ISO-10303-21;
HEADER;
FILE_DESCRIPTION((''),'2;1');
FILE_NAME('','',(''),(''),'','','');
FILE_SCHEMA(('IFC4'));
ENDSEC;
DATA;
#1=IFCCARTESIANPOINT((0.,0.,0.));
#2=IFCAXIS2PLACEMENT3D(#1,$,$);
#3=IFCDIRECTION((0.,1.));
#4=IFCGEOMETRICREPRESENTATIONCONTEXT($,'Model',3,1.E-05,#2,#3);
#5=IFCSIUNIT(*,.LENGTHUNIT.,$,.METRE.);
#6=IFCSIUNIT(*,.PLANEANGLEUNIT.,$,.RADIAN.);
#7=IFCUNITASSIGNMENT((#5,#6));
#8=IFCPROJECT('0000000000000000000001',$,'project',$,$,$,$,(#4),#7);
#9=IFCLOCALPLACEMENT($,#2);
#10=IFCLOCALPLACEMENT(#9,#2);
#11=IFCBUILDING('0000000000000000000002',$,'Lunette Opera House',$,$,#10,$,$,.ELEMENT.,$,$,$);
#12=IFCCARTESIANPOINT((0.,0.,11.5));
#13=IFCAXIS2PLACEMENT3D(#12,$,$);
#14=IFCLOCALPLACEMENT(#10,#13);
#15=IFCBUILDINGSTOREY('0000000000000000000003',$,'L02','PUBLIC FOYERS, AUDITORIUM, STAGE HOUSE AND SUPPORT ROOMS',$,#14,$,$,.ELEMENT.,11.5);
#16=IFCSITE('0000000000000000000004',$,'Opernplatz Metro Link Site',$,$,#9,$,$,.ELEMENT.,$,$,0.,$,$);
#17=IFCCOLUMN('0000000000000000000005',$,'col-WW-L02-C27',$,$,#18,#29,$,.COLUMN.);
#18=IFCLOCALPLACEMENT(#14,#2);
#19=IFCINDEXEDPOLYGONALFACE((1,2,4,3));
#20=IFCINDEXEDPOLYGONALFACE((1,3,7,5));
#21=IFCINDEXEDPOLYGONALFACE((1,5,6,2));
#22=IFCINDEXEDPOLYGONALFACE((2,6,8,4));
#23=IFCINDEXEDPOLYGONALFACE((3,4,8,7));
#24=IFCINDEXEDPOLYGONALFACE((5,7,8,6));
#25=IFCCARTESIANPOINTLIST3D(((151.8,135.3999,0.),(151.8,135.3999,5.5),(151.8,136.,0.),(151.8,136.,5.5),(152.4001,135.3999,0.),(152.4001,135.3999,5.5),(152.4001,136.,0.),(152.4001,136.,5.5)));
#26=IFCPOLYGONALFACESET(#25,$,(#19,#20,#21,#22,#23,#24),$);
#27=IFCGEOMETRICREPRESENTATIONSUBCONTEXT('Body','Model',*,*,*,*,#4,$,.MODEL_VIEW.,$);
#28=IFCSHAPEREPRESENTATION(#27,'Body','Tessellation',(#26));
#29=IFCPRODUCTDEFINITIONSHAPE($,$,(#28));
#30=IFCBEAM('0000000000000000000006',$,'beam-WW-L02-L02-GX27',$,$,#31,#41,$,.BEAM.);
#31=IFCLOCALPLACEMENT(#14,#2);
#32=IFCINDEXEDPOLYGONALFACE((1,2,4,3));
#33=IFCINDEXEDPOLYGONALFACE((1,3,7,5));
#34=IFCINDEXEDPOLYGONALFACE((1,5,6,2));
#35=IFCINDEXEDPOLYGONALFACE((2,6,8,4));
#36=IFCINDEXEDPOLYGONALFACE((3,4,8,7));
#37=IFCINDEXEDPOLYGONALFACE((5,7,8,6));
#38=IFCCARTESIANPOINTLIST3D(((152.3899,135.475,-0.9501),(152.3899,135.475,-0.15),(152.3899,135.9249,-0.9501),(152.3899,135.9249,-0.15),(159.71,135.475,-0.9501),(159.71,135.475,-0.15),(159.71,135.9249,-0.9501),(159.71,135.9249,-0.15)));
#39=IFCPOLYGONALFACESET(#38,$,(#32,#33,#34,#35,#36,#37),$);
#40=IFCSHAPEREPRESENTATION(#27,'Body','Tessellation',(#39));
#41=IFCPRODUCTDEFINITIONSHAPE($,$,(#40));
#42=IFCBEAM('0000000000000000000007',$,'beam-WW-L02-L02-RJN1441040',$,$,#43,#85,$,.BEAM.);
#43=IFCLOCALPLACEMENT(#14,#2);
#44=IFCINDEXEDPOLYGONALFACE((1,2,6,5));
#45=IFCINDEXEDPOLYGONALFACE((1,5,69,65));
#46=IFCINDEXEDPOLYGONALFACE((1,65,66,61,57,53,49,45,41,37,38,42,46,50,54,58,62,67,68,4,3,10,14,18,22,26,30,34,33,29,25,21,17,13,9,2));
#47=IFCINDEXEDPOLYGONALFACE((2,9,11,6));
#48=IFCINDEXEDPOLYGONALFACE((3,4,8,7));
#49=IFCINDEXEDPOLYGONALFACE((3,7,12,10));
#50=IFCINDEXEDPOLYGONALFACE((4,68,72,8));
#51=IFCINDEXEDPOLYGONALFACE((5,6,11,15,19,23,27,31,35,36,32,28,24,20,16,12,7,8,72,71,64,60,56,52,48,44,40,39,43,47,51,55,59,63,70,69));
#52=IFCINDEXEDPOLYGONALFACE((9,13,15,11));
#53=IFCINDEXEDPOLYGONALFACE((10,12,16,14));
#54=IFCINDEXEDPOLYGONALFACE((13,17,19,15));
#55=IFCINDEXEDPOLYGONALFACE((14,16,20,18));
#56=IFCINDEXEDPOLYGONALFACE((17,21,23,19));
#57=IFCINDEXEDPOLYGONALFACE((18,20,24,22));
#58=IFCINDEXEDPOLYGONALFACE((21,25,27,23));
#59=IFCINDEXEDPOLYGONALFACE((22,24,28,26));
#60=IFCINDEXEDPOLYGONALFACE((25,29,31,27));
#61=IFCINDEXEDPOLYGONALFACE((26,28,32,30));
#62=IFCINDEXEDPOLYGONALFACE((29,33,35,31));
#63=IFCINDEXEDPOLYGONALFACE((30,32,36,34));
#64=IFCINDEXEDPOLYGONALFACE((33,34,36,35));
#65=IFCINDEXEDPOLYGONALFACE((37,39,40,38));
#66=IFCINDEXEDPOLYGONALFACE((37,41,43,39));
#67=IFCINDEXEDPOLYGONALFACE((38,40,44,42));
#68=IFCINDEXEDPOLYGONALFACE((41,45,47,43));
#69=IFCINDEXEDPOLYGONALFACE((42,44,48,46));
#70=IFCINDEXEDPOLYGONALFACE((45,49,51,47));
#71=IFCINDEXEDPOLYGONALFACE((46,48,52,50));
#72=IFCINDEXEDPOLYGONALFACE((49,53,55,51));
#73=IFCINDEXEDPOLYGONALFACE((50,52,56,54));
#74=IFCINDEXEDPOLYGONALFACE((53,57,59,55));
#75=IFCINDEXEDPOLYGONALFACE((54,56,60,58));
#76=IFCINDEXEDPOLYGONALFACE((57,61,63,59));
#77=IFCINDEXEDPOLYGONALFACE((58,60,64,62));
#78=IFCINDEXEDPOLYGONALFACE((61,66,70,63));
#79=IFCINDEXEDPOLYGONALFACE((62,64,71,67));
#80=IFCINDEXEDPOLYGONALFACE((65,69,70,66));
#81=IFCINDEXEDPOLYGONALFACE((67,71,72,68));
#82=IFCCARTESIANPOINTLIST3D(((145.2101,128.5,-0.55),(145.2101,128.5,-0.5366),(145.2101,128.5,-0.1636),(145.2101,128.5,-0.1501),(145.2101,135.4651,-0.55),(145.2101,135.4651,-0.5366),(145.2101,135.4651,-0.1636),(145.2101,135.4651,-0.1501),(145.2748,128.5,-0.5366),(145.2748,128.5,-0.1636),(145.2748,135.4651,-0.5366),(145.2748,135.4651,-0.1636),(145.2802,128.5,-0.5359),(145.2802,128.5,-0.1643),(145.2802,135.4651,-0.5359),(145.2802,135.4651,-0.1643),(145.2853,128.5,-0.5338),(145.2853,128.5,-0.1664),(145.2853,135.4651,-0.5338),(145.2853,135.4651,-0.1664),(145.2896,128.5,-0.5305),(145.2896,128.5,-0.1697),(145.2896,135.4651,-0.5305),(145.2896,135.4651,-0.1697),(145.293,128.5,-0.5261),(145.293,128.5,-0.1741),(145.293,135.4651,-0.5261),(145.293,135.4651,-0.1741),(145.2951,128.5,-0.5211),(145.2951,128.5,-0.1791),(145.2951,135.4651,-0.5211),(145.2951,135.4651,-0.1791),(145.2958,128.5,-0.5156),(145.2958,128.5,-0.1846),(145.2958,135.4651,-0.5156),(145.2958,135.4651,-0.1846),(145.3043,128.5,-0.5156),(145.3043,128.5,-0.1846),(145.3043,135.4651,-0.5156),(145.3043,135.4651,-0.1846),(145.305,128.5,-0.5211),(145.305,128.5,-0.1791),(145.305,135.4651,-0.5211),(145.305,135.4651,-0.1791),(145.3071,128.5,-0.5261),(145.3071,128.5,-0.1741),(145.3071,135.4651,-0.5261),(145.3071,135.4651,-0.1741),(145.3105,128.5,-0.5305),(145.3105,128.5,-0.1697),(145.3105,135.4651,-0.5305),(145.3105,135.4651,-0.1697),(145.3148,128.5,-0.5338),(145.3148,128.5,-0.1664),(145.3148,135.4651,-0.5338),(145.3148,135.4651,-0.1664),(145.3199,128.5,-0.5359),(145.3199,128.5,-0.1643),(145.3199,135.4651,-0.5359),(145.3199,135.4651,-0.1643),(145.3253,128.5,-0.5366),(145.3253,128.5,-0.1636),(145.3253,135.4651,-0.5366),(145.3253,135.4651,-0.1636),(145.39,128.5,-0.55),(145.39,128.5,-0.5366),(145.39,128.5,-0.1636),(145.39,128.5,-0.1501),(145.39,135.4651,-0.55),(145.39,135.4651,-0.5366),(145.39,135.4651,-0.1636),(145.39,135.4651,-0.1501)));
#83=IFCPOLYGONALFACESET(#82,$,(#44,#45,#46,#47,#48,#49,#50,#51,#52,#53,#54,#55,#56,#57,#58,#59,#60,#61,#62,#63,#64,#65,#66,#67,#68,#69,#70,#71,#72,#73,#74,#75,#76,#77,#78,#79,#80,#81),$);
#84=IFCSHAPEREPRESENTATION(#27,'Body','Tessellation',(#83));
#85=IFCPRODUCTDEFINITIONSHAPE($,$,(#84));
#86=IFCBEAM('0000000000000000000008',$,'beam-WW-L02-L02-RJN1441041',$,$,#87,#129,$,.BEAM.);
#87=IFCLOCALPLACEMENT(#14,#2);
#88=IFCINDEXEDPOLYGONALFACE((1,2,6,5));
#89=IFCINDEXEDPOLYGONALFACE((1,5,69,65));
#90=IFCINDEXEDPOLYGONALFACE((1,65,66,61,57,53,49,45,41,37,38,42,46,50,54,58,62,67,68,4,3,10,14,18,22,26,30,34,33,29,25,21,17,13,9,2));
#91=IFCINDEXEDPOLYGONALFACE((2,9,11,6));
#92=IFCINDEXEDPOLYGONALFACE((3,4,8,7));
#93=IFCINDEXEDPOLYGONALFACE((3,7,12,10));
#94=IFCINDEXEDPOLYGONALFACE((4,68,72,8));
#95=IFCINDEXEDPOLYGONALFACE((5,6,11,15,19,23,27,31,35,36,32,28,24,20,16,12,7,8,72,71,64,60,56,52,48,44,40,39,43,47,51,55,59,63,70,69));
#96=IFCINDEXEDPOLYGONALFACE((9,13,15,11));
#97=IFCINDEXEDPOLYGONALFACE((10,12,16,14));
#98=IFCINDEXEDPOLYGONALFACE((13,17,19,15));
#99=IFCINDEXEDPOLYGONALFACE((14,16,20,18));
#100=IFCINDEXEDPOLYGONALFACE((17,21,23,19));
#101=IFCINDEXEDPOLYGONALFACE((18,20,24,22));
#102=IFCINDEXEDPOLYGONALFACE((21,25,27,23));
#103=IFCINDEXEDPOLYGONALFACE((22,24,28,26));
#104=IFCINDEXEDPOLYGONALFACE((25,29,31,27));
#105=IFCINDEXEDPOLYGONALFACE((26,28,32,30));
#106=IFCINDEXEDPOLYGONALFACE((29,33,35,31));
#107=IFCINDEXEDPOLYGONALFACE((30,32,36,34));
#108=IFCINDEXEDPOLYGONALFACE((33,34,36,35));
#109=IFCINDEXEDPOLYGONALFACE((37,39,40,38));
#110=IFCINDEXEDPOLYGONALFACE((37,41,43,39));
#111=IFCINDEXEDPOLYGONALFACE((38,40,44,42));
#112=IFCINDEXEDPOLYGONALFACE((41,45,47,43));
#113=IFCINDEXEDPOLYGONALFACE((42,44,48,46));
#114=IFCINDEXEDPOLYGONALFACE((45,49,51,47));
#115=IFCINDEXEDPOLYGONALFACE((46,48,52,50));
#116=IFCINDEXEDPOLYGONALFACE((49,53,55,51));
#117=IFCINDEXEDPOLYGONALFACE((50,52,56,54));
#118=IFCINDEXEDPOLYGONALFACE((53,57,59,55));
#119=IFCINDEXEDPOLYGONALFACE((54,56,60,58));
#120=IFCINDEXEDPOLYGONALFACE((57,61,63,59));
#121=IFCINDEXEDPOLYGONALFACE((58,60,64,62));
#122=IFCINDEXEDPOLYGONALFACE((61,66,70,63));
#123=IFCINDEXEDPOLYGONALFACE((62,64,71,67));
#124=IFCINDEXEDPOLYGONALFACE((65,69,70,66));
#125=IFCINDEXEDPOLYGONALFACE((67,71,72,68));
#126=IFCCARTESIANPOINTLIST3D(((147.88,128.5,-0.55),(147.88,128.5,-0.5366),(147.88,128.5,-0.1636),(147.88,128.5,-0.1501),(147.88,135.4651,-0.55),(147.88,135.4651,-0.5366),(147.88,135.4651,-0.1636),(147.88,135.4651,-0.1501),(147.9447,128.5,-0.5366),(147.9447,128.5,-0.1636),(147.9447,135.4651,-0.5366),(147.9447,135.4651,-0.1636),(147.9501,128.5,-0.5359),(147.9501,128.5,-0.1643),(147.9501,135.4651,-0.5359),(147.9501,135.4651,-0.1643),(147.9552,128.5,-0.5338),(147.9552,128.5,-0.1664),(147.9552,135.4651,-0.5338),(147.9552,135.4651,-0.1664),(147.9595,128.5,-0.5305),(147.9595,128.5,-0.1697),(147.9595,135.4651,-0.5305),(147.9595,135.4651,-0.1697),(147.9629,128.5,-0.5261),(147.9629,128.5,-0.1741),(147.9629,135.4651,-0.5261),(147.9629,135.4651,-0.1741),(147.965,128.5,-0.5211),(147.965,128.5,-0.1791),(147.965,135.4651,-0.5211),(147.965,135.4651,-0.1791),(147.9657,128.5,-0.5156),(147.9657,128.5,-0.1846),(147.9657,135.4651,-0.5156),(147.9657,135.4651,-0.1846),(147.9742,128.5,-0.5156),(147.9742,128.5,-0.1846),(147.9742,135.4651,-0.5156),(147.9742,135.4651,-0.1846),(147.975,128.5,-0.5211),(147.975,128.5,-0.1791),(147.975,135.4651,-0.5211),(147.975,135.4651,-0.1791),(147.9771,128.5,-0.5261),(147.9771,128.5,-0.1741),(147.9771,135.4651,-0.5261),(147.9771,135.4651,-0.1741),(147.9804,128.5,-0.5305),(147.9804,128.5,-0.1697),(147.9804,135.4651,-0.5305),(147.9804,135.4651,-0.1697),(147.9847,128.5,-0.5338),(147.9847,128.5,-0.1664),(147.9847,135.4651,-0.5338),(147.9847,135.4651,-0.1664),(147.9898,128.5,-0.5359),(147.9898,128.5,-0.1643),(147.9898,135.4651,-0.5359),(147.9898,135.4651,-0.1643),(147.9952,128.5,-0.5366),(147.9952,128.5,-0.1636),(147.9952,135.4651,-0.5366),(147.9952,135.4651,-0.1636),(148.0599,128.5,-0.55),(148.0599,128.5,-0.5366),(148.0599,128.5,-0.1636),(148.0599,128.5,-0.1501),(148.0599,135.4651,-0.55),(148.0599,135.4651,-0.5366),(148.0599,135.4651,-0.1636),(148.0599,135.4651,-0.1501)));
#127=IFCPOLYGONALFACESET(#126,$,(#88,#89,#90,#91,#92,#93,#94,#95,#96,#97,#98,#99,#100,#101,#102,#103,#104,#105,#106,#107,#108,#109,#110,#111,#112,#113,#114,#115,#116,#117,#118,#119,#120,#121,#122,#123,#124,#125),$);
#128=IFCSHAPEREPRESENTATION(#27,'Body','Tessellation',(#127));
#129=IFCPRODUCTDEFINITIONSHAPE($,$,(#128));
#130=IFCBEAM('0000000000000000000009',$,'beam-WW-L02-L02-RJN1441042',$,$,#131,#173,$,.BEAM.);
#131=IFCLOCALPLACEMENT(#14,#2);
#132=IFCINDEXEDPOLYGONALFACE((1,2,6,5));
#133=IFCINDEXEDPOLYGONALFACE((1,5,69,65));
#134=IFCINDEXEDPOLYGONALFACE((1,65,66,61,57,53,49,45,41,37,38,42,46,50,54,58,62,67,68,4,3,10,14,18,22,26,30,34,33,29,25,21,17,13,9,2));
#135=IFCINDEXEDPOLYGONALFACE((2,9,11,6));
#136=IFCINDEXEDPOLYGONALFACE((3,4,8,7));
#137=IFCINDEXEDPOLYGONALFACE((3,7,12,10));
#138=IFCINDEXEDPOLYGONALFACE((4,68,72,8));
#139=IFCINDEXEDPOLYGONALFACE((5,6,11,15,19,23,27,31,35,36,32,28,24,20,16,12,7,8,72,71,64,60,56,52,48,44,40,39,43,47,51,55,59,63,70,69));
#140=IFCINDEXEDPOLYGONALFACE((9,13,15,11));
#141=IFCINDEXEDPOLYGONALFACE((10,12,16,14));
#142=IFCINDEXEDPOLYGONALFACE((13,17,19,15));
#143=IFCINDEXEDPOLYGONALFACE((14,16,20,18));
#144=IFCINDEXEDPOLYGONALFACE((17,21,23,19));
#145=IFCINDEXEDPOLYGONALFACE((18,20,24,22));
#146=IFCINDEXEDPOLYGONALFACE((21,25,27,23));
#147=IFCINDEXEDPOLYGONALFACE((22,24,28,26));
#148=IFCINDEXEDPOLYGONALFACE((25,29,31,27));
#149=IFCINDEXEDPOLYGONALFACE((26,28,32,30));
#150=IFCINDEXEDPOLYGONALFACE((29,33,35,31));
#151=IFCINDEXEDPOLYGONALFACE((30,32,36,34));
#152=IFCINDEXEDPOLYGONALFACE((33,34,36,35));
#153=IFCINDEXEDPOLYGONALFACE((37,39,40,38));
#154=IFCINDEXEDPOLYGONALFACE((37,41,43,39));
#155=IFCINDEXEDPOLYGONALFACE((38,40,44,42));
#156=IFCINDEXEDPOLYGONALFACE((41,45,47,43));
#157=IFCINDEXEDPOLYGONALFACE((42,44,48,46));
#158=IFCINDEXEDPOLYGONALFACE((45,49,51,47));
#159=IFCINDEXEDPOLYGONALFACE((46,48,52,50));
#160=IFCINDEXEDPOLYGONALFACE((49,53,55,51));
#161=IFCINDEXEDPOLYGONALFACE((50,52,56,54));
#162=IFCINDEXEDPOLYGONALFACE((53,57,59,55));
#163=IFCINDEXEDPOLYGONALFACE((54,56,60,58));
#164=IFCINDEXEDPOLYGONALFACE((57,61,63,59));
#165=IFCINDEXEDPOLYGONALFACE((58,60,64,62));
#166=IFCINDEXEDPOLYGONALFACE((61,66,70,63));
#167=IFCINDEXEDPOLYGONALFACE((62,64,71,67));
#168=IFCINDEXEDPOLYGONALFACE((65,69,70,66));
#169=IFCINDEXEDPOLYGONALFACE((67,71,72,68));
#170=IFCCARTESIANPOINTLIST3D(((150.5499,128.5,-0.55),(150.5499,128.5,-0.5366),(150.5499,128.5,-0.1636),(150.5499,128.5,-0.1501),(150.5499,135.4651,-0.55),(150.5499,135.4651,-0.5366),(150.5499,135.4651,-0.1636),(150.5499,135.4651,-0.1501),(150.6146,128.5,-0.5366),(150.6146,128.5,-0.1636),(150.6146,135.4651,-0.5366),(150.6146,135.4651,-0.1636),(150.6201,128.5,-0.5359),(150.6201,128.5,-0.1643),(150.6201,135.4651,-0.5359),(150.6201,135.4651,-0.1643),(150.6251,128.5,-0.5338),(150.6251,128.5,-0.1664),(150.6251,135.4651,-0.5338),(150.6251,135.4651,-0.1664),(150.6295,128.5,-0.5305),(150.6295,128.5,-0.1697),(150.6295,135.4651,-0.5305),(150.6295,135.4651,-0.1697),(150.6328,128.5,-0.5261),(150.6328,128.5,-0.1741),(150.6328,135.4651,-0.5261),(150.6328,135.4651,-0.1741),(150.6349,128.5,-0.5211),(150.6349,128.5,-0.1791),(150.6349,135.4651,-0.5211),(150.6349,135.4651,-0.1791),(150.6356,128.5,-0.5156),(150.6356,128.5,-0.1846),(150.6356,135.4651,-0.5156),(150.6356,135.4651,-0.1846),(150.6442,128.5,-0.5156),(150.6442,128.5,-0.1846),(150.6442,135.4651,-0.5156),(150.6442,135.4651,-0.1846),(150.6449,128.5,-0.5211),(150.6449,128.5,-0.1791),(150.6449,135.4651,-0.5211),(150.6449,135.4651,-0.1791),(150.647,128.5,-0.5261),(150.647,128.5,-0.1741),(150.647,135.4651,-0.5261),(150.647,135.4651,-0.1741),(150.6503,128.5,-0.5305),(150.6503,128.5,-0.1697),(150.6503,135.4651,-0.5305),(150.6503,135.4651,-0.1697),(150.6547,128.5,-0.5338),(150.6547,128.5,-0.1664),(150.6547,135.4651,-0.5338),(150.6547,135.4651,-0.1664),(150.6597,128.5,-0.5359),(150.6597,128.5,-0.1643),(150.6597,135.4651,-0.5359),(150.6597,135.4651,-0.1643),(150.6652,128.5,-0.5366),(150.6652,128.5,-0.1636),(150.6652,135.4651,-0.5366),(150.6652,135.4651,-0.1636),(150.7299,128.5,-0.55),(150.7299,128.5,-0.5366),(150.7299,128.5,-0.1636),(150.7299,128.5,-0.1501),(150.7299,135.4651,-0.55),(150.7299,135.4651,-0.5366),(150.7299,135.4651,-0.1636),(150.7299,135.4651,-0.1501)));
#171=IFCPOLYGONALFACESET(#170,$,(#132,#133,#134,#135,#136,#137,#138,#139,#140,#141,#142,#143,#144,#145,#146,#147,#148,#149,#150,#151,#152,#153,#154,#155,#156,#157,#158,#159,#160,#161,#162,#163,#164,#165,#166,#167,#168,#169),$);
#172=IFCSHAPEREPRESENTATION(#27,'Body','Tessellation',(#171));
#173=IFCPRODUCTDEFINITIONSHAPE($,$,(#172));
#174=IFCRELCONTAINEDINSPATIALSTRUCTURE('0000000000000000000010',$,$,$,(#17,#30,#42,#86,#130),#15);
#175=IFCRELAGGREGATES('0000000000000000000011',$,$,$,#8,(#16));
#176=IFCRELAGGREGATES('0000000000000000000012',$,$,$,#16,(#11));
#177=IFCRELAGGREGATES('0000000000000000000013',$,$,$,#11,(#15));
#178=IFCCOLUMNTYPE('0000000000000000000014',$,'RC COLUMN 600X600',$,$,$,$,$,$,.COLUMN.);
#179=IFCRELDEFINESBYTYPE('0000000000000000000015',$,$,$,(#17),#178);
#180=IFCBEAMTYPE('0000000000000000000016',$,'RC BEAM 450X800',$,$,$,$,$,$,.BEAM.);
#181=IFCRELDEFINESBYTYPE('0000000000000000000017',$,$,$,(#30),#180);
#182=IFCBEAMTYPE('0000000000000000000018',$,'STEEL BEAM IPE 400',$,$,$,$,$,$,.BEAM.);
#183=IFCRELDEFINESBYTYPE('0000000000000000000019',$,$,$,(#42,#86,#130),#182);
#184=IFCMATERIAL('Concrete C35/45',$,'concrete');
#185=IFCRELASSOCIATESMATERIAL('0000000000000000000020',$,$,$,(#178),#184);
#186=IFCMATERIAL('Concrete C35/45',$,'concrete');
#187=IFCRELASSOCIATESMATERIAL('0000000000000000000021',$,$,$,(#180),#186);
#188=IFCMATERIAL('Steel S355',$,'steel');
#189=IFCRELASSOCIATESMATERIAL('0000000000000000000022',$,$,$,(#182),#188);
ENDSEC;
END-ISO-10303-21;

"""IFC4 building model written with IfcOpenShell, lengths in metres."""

from ifc_helpers import new_model, si_unit, direction, frame, origin, origin_2d, place, context, subcontext, project, spatial, rectangle, i_section, extrude, material, material_profile, profile_set, type_object, element, save


model = new_model("IFC4")

# Units and contexts
model_context = context("Model", 3, precision=1e-05, world=origin(), true_north=direction((0.0, 1.0)))
body_context = subcontext(model_context, "Body", "Model", "MODEL_VIEW")
ifc_project = project(units=[si_unit("LENGTHUNIT", "METRE"), si_unit("PLANEANGLEUNIT", "RADIAN")], contexts=[model_context])

# Site, building, storey
site_placement = place(None, origin())
site = spatial("IfcSite", under=ifc_project, at=site_placement, Name="Opernplatz Metro Link Site", CompositionType="ELEMENT", RefElevation=0.0)
building_placement = place(site_placement, origin())
building = spatial("IfcBuilding", under=site, at=building_placement, Name="Lunette Opera House", CompositionType="ELEMENT")
storey_placement = place(building_placement, frame((0.0, 0.0, 11.5)))
storey = spatial("IfcBuildingStorey", under=building, at=storey_placement, Name="L02", Description="PUBLIC FOYERS, AUDITORIUM, STAGE HOUSE AND SUPPORT ROOMS", CompositionType="ELEMENT", Elevation=11.5)

# Column
ifc_material_1 = material(Name="Concrete C35/45", Category="concrete")
ifc_material_profile_1 = material_profile(ifc_material_1, rectangle(XDim=0.6001, YDim=0.6001, at=origin_2d()), Name="RC COLUMN 600X600")
ifc_profile_set_1 = profile_set([ifc_material_profile_1], Name="Concrete C35/45")
column_type = type_object("IfcColumnType", Name="RC COLUMN 600X600", PredefinedType="COLUMN", material=ifc_profile_set_1)
column_placement = place(storey_placement, frame((152.1001, 135.7, 0.0), z_axis=(0.0, 0.0, 1.0), x_axis=(1.0, 0.0, 0.0)))
element("IfcColumn", 1, at=column_placement, inside=storey, type_object=column_type, Name="col-WW-L02-C27", PredefinedType="COLUMN", context=body_context, shape_type="SweptSolid", body=[
    extrude(rectangle(XDim=0.6001, YDim=0.6001, at=origin_2d()), origin(), (0.0, 0.0, 1.0), 5.5),
])

# Beams
ifc_material_2 = material(Name="Concrete C35/45", Category="concrete")
ifc_material_profile_2 = material_profile(ifc_material_2, rectangle(XDim=0.45, YDim=0.8, at=origin_2d()), Name="RC BEAM 450X800")
ifc_profile_set_2 = profile_set([ifc_material_profile_2], Name="Concrete C35/45")
beam_type_1 = type_object("IfcBeamType", Name="RC BEAM 450X800", PredefinedType="BEAM", material=ifc_profile_set_2)
beam_placement = place(storey_placement, frame((152.3899, 135.7, -0.55), z_axis=(1.0, 0.0, 0.0), x_axis=(0.0, 1.0, 0.0)))
element("IfcBeam", 2, at=beam_placement, inside=storey, type_object=beam_type_1, Name="beam-WW-L02-L02-GX27", PredefinedType="BEAM", context=body_context, shape_type="SweptSolid", body=[
    extrude(rectangle(XDim=0.45, YDim=0.8, at=origin_2d()), origin(), (0.0, 0.0, 1.0), 7.3201),
])
ifc_material_3 = material(Name="Steel S355", Category="steel")
ifc_material_profile_3 = material_profile(ifc_material_3, i_section(OverallWidth=0.1799, OverallDepth=0.3999, WebThickness=0.0085, FlangeThickness=0.0134, FilletRadius=0.021, at=origin_2d()), Name="IPE 400")
ifc_profile_set_3 = profile_set([ifc_material_profile_3], Name="Steel S355")
beam_type_2 = type_object("IfcBeamType", Name="STEEL BEAM IPE 400", PredefinedType="BEAM", material=ifc_profile_set_3)
for number, where, z_axis, x_axis, name in (
    (3, (145.3, 128.5, -0.3501), (0.0, 1.0, 0.0), (-1.0, 0.0, 0.0), "beam-WW-L02-L02-RJN1441040"),
    (4, (147.97, 128.5, -0.3501), (0.0, 1.0, 0.0), (-1.0, 0.0, 0.0), "beam-WW-L02-L02-RJN1441041"),
    (5, (150.6399, 128.5, -0.3501), (0.0, 1.0, 0.0), (-1.0, 0.0, 0.0), "beam-WW-L02-L02-RJN1441042"),
):
    element("IfcBeam", number, at=place(storey_placement, frame(where, z_axis=z_axis, x_axis=x_axis)), inside=storey, type_object=beam_type_2, Name=name, PredefinedType="BEAM", context=body_context, shape_type="SweptSolid", body=[
        extrude(i_section(OverallWidth=0.1799, OverallDepth=0.3999, WebThickness=0.0085, FlangeThickness=0.0134, FilletRadius=0.021, at=origin_2d()), origin(), (0.0, 0.0, 1.0), 6.9651),
    ])

save(model, "model.ifc")
